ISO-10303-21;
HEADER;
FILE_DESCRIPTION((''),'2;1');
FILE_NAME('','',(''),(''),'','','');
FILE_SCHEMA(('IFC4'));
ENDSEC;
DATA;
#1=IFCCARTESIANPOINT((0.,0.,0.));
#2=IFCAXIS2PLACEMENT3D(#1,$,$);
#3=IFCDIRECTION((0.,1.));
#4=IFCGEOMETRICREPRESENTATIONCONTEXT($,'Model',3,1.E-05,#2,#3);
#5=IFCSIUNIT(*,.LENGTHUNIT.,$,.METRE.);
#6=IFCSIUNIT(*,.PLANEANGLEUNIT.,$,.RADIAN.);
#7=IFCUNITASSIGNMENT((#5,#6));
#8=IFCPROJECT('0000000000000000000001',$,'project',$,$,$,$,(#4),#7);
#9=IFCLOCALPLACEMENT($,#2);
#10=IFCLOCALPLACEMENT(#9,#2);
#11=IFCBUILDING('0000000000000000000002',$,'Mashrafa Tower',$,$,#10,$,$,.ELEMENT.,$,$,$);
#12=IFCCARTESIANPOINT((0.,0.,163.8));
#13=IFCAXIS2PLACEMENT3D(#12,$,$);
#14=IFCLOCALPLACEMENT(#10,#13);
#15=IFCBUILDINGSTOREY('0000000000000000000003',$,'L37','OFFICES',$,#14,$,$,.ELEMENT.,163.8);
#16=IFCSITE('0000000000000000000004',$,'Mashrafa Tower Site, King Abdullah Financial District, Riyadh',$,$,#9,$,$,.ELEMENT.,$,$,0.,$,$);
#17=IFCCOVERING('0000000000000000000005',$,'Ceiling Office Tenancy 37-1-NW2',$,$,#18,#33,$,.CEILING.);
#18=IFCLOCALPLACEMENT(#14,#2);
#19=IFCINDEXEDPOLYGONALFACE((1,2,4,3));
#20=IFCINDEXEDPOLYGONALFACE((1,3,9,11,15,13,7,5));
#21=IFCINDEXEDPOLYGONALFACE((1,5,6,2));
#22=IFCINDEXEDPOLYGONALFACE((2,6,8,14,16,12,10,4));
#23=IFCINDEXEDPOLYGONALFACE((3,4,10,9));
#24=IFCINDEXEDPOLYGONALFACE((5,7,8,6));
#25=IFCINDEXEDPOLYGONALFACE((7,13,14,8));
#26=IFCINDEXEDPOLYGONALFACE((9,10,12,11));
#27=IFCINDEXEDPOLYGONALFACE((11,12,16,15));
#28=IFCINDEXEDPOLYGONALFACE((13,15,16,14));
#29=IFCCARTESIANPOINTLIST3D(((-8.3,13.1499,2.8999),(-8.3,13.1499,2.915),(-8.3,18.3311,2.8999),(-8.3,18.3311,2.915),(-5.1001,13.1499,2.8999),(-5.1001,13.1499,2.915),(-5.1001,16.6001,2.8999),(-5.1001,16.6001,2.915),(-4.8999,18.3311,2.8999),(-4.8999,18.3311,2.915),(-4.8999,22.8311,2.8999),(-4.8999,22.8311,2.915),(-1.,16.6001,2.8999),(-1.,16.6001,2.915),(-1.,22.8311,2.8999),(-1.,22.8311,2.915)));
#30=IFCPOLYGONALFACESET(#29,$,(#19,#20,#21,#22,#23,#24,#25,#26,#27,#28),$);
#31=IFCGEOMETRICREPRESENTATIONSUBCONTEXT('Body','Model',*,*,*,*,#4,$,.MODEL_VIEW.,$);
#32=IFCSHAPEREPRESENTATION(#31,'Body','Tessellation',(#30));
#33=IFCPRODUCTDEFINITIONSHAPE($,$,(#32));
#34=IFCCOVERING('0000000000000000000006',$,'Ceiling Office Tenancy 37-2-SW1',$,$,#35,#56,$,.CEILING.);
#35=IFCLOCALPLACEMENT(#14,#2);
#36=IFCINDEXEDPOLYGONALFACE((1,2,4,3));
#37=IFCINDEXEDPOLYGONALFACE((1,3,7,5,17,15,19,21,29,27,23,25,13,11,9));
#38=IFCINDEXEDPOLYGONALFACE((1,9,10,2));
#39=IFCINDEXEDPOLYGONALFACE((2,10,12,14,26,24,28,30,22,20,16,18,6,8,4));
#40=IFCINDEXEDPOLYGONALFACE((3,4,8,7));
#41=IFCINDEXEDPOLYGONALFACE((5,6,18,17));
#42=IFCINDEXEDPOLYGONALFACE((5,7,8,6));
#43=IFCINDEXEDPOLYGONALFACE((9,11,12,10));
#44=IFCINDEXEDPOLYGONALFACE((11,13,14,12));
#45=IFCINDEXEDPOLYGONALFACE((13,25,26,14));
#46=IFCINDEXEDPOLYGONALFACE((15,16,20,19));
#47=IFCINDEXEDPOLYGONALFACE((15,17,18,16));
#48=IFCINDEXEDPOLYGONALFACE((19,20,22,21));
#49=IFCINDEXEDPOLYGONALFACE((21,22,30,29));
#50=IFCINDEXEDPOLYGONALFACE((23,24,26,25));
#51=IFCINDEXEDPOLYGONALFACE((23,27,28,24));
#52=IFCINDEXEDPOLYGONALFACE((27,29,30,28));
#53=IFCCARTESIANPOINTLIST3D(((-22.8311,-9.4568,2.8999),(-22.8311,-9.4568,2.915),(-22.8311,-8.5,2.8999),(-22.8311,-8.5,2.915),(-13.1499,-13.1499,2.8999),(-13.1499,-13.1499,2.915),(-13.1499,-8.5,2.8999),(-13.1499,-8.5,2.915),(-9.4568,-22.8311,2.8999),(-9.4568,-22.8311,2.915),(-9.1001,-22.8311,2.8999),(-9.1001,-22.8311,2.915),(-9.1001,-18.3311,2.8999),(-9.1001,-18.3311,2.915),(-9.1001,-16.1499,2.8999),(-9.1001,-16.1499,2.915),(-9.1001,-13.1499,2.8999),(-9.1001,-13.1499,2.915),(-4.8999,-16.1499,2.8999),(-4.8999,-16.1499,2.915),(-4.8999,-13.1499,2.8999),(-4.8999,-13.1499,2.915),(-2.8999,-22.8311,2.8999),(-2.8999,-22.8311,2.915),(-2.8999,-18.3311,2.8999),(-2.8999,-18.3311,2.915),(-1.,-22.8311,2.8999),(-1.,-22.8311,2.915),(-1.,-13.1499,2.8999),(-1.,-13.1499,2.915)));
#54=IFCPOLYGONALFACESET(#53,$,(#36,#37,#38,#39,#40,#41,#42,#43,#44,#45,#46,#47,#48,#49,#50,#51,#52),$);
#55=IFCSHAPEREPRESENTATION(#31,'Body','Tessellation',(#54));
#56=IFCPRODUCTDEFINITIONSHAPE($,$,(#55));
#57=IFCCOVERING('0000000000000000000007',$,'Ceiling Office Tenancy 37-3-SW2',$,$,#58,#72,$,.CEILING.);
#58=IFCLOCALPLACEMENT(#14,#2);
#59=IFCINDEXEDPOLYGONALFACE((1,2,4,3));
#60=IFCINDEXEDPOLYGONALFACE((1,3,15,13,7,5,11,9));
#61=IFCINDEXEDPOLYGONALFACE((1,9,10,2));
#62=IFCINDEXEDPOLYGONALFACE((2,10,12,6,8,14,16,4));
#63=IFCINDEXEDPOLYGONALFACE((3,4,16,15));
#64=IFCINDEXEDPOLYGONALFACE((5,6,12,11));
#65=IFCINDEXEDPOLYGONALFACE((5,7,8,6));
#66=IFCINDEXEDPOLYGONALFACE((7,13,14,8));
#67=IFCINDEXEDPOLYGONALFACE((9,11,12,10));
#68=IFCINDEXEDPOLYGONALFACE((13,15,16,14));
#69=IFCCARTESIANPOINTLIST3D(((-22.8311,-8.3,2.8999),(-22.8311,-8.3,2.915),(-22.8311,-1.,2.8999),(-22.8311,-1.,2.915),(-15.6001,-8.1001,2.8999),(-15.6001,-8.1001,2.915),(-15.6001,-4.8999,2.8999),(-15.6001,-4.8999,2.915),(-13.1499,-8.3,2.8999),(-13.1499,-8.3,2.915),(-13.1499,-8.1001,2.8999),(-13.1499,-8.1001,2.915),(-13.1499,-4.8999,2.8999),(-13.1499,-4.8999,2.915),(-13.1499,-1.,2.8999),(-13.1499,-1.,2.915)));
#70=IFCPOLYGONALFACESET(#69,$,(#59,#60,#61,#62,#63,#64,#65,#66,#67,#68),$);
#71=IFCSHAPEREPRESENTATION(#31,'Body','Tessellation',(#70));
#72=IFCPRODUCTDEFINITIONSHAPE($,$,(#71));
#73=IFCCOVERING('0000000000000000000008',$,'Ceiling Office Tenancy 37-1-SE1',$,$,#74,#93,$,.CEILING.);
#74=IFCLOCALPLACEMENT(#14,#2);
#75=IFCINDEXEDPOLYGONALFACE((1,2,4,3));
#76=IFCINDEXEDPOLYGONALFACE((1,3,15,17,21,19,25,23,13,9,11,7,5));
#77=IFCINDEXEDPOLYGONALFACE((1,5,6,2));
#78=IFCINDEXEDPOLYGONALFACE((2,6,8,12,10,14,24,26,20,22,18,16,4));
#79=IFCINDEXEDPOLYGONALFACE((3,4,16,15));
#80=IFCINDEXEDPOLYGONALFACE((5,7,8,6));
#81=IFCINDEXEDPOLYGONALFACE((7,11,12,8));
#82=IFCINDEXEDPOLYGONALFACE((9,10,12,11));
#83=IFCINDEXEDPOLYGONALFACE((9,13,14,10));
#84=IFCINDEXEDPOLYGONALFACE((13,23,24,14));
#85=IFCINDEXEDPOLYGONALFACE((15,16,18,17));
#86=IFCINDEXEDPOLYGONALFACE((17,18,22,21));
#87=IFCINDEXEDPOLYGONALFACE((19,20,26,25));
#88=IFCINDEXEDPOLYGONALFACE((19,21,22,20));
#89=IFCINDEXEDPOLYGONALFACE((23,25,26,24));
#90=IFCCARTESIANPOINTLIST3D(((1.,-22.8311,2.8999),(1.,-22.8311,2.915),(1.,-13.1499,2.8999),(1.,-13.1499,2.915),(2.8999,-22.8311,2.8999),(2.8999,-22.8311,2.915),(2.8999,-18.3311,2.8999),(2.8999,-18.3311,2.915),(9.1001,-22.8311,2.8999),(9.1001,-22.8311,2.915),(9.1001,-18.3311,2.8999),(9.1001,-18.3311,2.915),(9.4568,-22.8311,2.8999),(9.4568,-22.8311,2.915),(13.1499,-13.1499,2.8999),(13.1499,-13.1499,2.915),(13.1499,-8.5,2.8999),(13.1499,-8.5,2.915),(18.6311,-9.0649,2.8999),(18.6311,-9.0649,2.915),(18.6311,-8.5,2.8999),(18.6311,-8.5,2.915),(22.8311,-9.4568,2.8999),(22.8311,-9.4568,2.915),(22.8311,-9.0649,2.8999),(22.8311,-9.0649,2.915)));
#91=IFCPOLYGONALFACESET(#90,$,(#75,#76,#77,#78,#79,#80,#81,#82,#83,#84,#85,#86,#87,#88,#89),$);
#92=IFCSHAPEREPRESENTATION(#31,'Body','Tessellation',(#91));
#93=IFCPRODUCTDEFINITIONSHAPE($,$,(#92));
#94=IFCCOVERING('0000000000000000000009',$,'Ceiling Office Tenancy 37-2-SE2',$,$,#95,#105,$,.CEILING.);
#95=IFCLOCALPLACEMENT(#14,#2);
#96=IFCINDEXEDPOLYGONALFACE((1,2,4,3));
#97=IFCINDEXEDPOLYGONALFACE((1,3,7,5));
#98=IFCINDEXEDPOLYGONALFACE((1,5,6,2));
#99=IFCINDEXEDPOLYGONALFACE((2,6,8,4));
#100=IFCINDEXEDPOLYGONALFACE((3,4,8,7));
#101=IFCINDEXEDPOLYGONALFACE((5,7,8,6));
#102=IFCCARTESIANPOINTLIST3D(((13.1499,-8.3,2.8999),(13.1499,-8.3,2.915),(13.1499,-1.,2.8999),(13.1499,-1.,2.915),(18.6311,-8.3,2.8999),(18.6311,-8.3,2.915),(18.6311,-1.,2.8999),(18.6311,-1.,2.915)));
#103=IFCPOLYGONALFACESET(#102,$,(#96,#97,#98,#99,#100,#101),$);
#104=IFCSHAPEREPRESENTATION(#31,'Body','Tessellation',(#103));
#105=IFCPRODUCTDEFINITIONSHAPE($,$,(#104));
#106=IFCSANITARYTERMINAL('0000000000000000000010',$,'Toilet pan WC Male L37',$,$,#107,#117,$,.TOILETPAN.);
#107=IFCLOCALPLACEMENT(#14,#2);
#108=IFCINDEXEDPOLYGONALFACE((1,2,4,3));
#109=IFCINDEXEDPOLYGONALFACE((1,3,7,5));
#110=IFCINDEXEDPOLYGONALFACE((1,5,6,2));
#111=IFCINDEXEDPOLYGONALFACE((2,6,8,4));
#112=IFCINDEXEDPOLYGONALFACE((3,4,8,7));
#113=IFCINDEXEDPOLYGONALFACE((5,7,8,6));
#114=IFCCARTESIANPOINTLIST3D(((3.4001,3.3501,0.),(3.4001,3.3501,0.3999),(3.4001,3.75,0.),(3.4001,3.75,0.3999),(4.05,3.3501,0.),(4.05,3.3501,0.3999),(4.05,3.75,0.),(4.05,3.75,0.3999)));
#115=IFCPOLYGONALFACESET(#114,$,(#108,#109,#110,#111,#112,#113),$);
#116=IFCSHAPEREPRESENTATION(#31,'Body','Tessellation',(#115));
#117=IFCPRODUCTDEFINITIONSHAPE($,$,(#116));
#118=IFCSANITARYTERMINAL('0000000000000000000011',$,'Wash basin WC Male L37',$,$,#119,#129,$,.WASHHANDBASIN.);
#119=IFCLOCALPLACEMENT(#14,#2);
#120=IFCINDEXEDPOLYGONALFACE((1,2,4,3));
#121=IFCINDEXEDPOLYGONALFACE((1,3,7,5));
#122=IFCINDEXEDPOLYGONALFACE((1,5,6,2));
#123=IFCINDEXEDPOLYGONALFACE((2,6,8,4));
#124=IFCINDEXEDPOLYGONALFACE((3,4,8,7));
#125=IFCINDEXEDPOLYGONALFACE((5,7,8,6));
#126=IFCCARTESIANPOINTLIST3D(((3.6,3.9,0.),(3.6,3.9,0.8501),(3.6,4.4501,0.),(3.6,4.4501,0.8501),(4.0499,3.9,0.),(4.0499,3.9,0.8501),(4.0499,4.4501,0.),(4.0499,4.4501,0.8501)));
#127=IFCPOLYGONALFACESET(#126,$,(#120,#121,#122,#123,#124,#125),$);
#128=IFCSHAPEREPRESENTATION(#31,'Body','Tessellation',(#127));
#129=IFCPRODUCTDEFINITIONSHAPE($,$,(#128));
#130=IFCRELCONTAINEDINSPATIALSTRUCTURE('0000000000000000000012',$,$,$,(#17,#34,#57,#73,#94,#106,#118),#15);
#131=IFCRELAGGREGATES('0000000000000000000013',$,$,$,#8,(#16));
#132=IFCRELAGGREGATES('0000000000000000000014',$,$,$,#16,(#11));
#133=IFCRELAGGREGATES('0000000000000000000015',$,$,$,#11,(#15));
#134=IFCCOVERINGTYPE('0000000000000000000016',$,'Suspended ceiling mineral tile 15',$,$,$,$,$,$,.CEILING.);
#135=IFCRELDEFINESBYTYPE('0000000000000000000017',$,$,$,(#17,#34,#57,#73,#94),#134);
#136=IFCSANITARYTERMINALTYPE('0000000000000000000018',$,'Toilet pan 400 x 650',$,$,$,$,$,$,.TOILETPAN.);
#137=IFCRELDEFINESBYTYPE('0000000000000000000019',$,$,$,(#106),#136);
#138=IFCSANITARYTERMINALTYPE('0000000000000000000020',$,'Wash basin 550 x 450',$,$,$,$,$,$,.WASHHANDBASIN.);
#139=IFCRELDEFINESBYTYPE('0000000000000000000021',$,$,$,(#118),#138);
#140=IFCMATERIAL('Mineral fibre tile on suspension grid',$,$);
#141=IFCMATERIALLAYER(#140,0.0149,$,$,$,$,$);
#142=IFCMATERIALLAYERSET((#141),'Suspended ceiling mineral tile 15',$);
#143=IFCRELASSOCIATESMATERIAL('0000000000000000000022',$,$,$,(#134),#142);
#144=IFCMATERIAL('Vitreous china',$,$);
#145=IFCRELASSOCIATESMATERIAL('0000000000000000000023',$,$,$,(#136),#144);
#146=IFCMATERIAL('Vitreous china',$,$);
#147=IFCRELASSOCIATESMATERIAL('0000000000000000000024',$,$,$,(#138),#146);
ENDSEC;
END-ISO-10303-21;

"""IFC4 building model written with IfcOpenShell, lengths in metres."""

from ifc_helpers import new_model, si_unit, direction, frame, origin, origin_2d, place, context, subcontext, project, spatial, polyline, rectangle, outline, extrude, material, layer, layer_set, type_object, element, save


model = new_model("IFC4")

# Units and contexts
model_context = context("Model", 3, precision=1e-05, world=origin(), true_north=direction((0.0, 1.0)))
body_context = subcontext(model_context, "Body", "Model", "MODEL_VIEW")
ifc_project = project(units=[si_unit("LENGTHUNIT", "METRE"), si_unit("PLANEANGLEUNIT", "RADIAN")], contexts=[model_context])

# Site, building, storey
site_placement = place(None, origin())
site = spatial("IfcSite", under=ifc_project, at=site_placement, Name="Mashrafa Tower Site, King Abdullah Financial District, Riyadh", CompositionType="ELEMENT", RefElevation=0.0)
building_placement = place(site_placement, origin())
building = spatial("IfcBuilding", under=site, at=building_placement, Name="Mashrafa Tower", CompositionType="ELEMENT")
storey_placement = place(building_placement, frame((0.0, 0.0, 163.8)))
storey = spatial("IfcBuildingStorey", under=building, at=storey_placement, Name="L37", Description="OFFICES", CompositionType="ELEMENT", Elevation=163.8)

# Coverings
ifc_material_1 = material(Name="Mineral fibre tile on suspension grid")
ifc_layer_1 = layer(ifc_material_1, 0.0149)
ifc_layer_set_1 = layer_set([ifc_layer_1], Name="Suspended ceiling mineral tile 15")
covering_type = type_object("IfcCoveringType", Name="Suspended ceiling mineral tile 15", PredefinedType="CEILING", material=ifc_layer_set_1)
covering_1_placement = place(storey_placement, frame((0.0, 0.0, 2.8999)))
element("IfcCovering", 1, at=covering_1_placement, inside=storey, type_object=covering_type, Name="Ceiling Office Tenancy 37-1-NW2", PredefinedType="CEILING", context=body_context, shape_type="SweptSolid", body=[
    extrude(outline(polyline([(-8.3, 13.1499), (-8.3, 18.3311), (-4.8999, 18.3311), (-4.8999, 22.8311), (-1.0, 22.8311), (-1.0, 16.6001), (-5.1001, 16.6001), (-5.1001, 13.1499), (-8.3, 13.1499)])), origin(), (0.0, 0.0, 1.0), 0.0151),
])
covering_2_placement = place(storey_placement, frame((0.0, 0.0, 2.8999)))
element("IfcCovering", 2, at=covering_2_placement, inside=storey, type_object=covering_type, Name="Ceiling Office Tenancy 37-2-SW1", PredefinedType="CEILING", context=body_context, shape_type="SweptSolid", body=[
    extrude(outline(polyline([(-1.0, -22.8311), (-2.8999, -22.8311), (-2.8999, -18.3311), (-9.1001, -18.3311), (-9.1001, -22.8311), (-9.4568, -22.8311), (-22.8311, -9.4568), (-22.8311, -8.5), (-13.1499, -8.5), (-13.1499, -13.1499), (-9.1001, -13.1499), (-9.1001, -16.1499), (-4.8999, -16.1499), (-4.8999, -13.1499), (-1.0, -13.1499), (-1.0, -22.8311)])), origin(), (0.0, 0.0, 1.0), 0.0151),
])
covering_3_placement = place(storey_placement, frame((0.0, 0.0, 2.8999)))
element("IfcCovering", 3, at=covering_3_placement, inside=storey, type_object=covering_type, Name="Ceiling Office Tenancy 37-3-SW2", PredefinedType="CEILING", context=body_context, shape_type="SweptSolid", body=[
    extrude(outline(polyline([(-13.1499, -8.3), (-22.8311, -8.3), (-22.8311, -1.0), (-13.1499, -1.0), (-13.1499, -4.8999), (-15.6001, -4.8999), (-15.6001, -8.1001), (-13.1499, -8.1001), (-13.1499, -8.3)])), origin(), (0.0, 0.0, 1.0), 0.0151),
])
covering_4_placement = place(storey_placement, frame((0.0, 0.0, 2.8999)))
element("IfcCovering", 4, at=covering_4_placement, inside=storey, type_object=covering_type, Name="Ceiling Office Tenancy 37-1-SE1", PredefinedType="CEILING", context=body_context, shape_type="SweptSolid", body=[
    extrude(outline(polyline([(13.1499, -8.5), (18.6311, -8.5), (18.6311, -9.0649), (22.8311, -9.0649), (22.8311, -9.4568), (9.4568, -22.8311), (9.1001, -22.8311), (9.1001, -18.3311), (2.8999, -18.3311), (2.8999, -22.8311), (1.0, -22.8311), (1.0, -13.1499), (13.1499, -13.1499), (13.1499, -8.5)])), origin(), (0.0, 0.0, 1.0), 0.0151),
])
covering_5_placement = place(storey_placement, frame((0.0, 0.0, 2.8999)))
element("IfcCovering", 5, at=covering_5_placement, inside=storey, type_object=covering_type, Name="Ceiling Office Tenancy 37-2-SE2", PredefinedType="CEILING", context=body_context, shape_type="SweptSolid", body=[
    extrude(outline(polyline([(18.6311, -8.3), (13.1499, -8.3), (13.1499, -1.0), (18.6311, -1.0), (18.6311, -8.3)])), origin(), (0.0, 0.0, 1.0), 0.0151),
])

# Sanitary terminals
ifc_material_2 = material(Name="Vitreous china")
sanitary_terminal_type_1 = type_object("IfcSanitaryTerminalType", Name="Toilet pan 400 x 650", PredefinedType="TOILETPAN", material=ifc_material_2)
sanitary_terminal_1_placement = place(storey_placement, frame((3.7251, 3.55, 0.0), z_axis=(0.0, 0.0, 1.0), x_axis=(0.0, 1.0, 0.0)))
element("IfcSanitaryTerminal", 6, at=sanitary_terminal_1_placement, inside=storey, type_object=sanitary_terminal_type_1, Name="Toilet pan WC Male L37", PredefinedType="TOILETPAN", context=body_context, shape_type="SweptSolid", body=[
    extrude(rectangle(XDim=0.3999, YDim=0.6499, at=origin_2d()), origin(), (0.0, 0.0, 1.0), 0.3999),
])
ifc_material_3 = material(Name="Vitreous china")
sanitary_terminal_type_2 = type_object("IfcSanitaryTerminalType", Name="Wash basin 550 x 450", PredefinedType="WASHHANDBASIN", material=ifc_material_3)
sanitary_terminal_2_placement = place(storey_placement, frame((3.825, 4.175, 0.0), z_axis=(0.0, 0.0, 1.0), x_axis=(0.0, 1.0, 0.0)))
element("IfcSanitaryTerminal", 7, at=sanitary_terminal_2_placement, inside=storey, type_object=sanitary_terminal_type_2, Name="Wash basin WC Male L37", PredefinedType="WASHHANDBASIN", context=body_context, shape_type="SweptSolid", body=[
    extrude(rectangle(XDim=0.55, YDim=0.45, at=origin_2d()), origin(), (0.0, 0.0, 1.0), 0.8501),
])

save(model, "model.ifc")
